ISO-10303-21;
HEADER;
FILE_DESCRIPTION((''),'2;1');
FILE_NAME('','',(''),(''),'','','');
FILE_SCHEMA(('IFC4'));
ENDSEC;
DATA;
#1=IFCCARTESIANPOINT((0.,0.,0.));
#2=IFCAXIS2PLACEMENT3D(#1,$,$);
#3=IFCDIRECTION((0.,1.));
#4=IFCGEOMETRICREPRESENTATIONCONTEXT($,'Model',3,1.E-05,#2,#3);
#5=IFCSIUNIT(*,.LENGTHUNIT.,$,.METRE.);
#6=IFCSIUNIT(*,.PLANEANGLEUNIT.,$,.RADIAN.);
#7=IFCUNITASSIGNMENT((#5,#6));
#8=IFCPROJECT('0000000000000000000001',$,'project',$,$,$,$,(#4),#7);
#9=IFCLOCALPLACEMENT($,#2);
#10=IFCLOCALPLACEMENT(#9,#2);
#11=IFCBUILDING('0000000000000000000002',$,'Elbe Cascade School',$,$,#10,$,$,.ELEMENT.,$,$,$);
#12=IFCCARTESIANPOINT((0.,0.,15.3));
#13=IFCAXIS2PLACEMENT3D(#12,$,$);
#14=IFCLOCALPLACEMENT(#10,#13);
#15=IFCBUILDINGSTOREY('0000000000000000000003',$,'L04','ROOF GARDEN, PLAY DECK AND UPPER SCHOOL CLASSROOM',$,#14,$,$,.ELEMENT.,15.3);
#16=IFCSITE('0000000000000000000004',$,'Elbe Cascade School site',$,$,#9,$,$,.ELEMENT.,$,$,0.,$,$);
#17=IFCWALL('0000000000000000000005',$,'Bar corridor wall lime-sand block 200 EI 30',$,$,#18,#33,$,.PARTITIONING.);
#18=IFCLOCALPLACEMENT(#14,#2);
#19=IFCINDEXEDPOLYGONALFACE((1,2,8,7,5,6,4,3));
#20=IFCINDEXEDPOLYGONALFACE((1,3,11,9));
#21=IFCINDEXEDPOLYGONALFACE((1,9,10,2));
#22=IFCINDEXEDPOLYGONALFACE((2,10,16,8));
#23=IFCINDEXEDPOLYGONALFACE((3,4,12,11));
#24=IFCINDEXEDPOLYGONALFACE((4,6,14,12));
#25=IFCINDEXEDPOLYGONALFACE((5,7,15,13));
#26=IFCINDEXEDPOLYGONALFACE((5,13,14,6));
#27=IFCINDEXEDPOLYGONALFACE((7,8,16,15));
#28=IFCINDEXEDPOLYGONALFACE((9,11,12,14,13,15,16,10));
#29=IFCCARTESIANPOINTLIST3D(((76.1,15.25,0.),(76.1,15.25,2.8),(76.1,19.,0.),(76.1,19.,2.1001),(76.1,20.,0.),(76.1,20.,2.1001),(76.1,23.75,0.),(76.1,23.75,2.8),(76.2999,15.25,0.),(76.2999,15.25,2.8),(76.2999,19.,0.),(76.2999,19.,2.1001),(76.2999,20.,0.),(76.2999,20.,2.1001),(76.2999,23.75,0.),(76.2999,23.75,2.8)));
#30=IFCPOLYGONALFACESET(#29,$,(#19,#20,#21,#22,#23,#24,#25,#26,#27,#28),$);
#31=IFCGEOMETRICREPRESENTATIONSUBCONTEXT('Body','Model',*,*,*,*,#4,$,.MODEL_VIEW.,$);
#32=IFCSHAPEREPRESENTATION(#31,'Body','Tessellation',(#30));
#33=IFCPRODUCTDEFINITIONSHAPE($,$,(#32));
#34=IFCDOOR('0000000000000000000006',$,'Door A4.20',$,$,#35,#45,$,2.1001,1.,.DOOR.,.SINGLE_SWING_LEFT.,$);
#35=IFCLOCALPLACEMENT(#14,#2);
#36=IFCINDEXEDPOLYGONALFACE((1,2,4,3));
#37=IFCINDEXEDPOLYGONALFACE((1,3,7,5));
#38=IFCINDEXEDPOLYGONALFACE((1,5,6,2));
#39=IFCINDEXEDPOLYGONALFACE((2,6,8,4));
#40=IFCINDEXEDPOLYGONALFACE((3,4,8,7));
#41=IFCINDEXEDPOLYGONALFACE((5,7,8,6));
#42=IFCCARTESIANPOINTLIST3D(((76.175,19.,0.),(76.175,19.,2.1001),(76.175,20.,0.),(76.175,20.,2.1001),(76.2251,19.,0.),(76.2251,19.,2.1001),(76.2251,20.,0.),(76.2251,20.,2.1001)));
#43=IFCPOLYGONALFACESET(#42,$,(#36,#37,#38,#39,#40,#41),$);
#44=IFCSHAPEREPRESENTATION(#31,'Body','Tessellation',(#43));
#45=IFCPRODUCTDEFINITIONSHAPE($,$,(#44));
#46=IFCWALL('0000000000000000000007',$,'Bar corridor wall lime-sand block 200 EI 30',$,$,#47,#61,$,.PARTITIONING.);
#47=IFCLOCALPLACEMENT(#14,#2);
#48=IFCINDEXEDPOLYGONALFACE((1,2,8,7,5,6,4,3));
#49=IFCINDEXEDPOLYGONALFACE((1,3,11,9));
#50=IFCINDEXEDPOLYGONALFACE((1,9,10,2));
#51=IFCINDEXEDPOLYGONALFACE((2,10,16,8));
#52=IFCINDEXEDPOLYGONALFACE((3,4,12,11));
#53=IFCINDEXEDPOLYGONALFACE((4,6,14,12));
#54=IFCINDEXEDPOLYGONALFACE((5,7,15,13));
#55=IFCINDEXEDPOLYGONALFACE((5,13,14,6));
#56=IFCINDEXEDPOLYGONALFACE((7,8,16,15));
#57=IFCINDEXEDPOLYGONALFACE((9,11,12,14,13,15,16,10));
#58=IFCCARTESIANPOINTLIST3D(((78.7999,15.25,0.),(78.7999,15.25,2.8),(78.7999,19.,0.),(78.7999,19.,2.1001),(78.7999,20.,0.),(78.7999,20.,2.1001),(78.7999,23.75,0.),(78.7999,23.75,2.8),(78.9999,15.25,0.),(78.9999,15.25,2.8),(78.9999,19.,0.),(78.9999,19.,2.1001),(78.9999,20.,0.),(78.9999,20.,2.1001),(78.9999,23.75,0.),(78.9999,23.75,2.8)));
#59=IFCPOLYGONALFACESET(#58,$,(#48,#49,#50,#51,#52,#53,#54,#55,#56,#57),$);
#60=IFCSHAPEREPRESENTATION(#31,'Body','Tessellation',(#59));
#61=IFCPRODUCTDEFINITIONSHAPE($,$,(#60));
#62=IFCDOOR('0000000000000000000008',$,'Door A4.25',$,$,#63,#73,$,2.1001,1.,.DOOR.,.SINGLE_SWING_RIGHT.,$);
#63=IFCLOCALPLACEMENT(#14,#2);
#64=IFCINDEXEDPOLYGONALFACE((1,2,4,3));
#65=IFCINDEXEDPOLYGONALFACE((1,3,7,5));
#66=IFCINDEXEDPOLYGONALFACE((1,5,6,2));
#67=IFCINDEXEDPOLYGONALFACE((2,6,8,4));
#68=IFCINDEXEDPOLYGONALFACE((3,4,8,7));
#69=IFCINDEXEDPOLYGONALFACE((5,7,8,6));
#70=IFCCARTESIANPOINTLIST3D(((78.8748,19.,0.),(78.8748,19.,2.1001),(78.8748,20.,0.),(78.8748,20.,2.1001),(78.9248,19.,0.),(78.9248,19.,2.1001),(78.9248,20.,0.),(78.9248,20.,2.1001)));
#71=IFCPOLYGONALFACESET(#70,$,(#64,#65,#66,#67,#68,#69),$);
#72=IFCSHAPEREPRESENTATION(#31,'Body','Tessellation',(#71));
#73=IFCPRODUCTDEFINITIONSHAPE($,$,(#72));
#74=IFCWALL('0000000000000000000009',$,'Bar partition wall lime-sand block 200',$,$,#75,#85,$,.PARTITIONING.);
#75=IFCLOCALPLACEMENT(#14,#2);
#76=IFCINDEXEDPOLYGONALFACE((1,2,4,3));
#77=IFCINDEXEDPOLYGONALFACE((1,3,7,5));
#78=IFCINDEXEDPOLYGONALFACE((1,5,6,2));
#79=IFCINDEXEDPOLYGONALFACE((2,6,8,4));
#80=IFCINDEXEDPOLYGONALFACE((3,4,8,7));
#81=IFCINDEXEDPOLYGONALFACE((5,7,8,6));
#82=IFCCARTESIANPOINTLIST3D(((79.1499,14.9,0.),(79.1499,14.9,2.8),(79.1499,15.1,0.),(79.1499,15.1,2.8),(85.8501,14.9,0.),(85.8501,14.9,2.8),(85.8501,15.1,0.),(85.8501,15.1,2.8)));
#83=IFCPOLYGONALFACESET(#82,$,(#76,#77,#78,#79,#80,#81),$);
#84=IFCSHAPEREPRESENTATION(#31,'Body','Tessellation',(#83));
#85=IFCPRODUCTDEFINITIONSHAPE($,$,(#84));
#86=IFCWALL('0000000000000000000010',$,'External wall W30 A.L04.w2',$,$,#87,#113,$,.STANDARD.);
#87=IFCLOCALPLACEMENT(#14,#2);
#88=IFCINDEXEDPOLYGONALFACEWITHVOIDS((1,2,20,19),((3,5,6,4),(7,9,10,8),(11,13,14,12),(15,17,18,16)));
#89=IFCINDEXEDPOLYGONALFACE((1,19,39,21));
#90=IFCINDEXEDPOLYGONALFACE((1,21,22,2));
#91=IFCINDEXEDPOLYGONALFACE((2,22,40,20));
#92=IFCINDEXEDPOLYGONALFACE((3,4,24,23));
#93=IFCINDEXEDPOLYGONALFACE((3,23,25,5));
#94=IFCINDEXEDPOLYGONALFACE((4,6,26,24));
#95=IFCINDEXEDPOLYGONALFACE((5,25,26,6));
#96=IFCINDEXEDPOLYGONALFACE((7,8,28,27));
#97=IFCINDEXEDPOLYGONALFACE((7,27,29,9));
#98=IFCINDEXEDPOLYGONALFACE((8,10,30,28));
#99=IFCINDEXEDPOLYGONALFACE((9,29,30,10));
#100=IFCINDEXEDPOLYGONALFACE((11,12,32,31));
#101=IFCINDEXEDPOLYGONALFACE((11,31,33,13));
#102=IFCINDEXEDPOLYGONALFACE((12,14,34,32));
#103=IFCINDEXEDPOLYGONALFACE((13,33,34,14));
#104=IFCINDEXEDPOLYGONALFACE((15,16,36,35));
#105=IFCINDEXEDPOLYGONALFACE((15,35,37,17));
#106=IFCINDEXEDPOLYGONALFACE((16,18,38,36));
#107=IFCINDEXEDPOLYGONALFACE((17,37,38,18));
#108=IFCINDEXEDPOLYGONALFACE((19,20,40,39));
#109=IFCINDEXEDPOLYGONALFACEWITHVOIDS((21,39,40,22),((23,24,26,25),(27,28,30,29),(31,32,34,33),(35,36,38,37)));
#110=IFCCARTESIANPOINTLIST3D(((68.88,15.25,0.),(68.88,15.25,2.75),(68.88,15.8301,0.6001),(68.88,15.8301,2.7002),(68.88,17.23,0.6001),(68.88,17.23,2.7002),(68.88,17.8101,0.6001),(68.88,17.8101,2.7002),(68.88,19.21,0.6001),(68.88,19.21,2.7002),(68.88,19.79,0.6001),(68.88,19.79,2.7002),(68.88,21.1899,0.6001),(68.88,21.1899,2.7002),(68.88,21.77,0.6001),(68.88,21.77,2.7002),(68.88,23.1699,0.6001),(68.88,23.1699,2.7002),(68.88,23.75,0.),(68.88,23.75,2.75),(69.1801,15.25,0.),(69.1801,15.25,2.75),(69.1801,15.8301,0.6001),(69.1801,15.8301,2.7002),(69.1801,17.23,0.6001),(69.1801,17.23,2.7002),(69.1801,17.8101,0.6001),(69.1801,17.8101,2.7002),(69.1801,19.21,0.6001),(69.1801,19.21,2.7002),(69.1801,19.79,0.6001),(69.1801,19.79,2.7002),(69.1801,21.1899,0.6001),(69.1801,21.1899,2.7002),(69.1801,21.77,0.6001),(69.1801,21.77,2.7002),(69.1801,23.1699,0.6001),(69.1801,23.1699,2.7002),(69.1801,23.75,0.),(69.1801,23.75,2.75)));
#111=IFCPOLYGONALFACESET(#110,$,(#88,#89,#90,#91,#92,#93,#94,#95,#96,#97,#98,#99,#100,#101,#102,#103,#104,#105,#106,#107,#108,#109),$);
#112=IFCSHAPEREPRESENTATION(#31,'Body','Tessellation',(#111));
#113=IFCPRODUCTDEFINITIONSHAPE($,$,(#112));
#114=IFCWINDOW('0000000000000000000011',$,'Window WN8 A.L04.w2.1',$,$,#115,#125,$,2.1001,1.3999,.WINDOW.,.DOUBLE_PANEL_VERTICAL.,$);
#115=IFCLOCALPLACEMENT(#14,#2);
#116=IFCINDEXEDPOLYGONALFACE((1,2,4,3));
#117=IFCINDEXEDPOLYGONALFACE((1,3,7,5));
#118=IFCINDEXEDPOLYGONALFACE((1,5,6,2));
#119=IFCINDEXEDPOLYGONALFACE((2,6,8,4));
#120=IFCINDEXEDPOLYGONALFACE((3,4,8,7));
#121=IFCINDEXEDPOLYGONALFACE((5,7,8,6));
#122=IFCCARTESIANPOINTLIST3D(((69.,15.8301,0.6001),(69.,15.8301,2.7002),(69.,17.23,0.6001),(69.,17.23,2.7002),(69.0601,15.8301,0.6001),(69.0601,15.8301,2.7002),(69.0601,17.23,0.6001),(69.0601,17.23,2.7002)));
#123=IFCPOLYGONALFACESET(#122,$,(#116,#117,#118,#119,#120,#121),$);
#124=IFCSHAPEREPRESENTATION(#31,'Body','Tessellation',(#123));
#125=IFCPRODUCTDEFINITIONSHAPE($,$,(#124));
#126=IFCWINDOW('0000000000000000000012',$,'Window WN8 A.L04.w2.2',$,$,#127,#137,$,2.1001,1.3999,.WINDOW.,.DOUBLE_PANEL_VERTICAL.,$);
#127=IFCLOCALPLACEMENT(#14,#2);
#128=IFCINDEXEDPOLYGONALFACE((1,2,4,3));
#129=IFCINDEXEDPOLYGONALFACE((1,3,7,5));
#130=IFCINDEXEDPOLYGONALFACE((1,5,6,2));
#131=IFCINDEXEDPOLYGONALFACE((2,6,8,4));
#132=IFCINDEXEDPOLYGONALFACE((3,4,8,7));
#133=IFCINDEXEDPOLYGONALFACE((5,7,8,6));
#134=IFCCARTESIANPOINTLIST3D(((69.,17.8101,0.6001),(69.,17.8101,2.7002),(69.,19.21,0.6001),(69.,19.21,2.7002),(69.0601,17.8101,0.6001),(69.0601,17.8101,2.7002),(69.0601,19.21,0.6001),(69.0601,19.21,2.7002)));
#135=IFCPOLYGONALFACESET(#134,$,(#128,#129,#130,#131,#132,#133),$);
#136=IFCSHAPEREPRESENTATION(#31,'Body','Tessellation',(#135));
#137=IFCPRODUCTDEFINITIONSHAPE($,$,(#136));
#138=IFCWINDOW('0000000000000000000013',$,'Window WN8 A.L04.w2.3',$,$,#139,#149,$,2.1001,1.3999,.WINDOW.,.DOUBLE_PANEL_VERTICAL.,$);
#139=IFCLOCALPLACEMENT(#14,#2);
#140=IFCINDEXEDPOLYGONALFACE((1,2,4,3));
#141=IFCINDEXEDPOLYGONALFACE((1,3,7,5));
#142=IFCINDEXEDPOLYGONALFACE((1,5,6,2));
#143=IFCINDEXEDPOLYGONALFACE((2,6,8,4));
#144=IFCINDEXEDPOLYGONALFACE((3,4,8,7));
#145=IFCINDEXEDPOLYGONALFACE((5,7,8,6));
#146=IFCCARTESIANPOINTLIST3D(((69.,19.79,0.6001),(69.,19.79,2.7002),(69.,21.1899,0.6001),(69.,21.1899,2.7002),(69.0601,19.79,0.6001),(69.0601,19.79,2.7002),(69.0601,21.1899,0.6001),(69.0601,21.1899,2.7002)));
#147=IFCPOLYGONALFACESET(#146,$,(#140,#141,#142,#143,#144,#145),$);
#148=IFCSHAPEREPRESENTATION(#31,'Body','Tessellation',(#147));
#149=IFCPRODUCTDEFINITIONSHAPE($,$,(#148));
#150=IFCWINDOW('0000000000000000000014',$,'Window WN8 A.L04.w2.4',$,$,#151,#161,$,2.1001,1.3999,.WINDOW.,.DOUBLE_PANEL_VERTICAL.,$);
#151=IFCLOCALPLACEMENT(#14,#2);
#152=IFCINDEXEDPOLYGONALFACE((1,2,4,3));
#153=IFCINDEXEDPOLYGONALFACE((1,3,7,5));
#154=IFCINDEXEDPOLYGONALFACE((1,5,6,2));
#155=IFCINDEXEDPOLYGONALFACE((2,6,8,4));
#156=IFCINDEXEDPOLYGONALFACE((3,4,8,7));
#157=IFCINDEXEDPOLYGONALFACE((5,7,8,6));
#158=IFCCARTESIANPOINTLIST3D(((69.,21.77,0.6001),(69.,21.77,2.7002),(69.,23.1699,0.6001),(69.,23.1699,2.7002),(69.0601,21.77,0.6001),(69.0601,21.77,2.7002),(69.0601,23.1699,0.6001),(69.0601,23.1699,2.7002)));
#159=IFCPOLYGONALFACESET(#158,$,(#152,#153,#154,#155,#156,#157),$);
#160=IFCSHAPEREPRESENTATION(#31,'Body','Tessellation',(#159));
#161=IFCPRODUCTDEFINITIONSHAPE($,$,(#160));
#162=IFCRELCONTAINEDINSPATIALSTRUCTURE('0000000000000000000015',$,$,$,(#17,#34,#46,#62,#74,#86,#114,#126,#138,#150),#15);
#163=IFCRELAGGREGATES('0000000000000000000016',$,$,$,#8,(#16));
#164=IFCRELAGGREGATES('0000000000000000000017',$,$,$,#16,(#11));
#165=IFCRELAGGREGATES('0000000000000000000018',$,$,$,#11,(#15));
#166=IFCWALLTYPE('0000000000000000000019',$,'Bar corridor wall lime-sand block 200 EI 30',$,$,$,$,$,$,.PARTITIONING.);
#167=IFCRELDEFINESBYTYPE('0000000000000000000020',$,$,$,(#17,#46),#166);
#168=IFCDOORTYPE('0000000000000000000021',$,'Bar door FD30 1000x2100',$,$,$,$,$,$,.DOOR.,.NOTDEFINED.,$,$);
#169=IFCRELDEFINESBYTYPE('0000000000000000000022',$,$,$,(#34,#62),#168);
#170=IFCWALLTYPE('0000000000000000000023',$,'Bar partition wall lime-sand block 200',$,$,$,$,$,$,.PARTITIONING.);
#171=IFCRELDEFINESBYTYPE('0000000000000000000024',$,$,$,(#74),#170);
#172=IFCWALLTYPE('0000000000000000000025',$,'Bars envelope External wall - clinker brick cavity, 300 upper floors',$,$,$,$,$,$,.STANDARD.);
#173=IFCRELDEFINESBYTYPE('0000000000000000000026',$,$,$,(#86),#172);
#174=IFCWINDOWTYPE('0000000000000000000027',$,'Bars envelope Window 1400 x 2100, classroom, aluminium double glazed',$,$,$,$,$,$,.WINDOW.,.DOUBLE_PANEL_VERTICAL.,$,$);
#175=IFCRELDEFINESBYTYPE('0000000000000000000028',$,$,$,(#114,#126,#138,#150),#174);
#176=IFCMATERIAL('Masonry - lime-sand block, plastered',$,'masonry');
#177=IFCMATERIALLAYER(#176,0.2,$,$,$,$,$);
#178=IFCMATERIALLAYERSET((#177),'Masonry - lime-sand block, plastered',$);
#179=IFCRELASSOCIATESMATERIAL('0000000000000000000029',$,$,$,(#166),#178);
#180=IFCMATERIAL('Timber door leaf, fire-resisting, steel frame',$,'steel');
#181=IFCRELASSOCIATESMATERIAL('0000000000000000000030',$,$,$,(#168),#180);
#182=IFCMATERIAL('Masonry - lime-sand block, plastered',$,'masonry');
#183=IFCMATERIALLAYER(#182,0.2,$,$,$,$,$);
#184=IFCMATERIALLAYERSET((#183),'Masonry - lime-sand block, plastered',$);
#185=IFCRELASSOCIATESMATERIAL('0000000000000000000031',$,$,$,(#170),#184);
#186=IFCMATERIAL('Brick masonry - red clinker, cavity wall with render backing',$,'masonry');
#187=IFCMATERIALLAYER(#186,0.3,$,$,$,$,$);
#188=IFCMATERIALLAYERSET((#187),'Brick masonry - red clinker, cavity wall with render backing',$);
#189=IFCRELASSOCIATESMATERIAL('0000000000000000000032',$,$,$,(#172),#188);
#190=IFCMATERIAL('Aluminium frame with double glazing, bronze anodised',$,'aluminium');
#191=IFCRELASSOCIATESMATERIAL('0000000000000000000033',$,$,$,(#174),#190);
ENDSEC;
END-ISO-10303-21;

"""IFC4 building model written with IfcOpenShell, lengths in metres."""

from ifc_helpers import new_model, si_unit, direction, frame, frame_2d, origin, place, context, subcontext, project, spatial, rectangle, extrude, material, layer, layer_set, type_object, element, fill, save


model = new_model("IFC4")

# Units and contexts
model_context = context("Model", 3, precision=1e-05, world=origin(), true_north=direction((0.0, 1.0)))
body_context = subcontext(model_context, "Body", "Model", "MODEL_VIEW")
ifc_project = project(units=[si_unit("LENGTHUNIT", "METRE"), si_unit("PLANEANGLEUNIT", "RADIAN")], contexts=[model_context])

# Site, building, storey
site_placement = place(None, origin())
site = spatial("IfcSite", under=ifc_project, at=site_placement, Name="Elbe Cascade School site", CompositionType="ELEMENT", RefElevation=0.0)
building_placement = place(site_placement, origin())
building = spatial("IfcBuilding", under=site, at=building_placement, Name="Elbe Cascade School", CompositionType="ELEMENT")
storey_placement = place(building_placement, frame((0.0, 0.0, 15.3)))
storey = spatial("IfcBuildingStorey", under=building, at=storey_placement, Name="L04", Description="ROOF GARDEN, PLAY DECK AND UPPER SCHOOL CLASSROOM", CompositionType="ELEMENT", Elevation=15.3)

# Walls, openings, doors
ifc_material_1 = material(Name="Masonry - lime-sand block, plastered", Category="masonry")
ifc_layer_1 = layer(ifc_material_1, 0.2)
ifc_layer_set_1 = layer_set([ifc_layer_1], Name="Masonry - lime-sand block, plastered")
wall_type_1 = type_object("IfcWallType", Name="Bar corridor wall lime-sand block 200 EI 30", PredefinedType="PARTITIONING", material=ifc_layer_set_1)
wall_1_placement = place(storey_placement, frame((76.2, 15.25, 0.0), z_axis=(0.0, 0.0, 1.0), x_axis=(0.0, 1.0, 0.0)))
wall_1 = element("IfcWall", 1, at=wall_1_placement, inside=storey, type_object=wall_type_1, Name="Bar corridor wall lime-sand block 200 EI 30", PredefinedType="PARTITIONING", context=body_context, shape_type="SweptSolid", body=[
    extrude(rectangle(XDim=8.5, YDim=0.2, at=frame_2d((4.25, 0.0))), origin(), (0.0, 0.0, 1.0), 2.8),
])
opening_1_placement = place(wall_1_placement, frame((3.75, 0.0, 0.0)))
opening_1 = element("IfcOpeningElement", 2, at=opening_1_placement, cuts=wall_1, PredefinedType="OPENING", context=body_context, shape_type="SweptSolid", body=[
    extrude(rectangle(XDim=1.0, YDim=2.1001, at=frame_2d((0.5, 1.05))), frame((0.0, 0.1099, 0.0), z_axis=(0.0, -1.0, 0.0), x_axis=(1.0, 0.0, 0.0)), (0.0, 0.0, 1.0), 0.22),
])
ifc_material_2 = material(Name="Timber door leaf, fire-resisting, steel frame", Category="steel")
door_type = type_object("IfcDoorType", Name="Bar door FD30 1000x2100", OperationType="NOTDEFINED", PredefinedType="DOOR", material=ifc_material_2)
door_1_placement = place(opening_1_placement, origin())
door_1 = element("IfcDoor", 3, at=door_1_placement, inside=storey, type_object=door_type, Name="Door A4.20", OperationType="SINGLE_SWING_LEFT", OverallHeight=2.1001, OverallWidth=1.0, PredefinedType="DOOR", context=body_context, shape_type="SweptSolid", body=[
    extrude(rectangle(XDim=1.0, YDim=2.1001, at=frame_2d((0.5, 1.05))), frame((0.0, 0.0249, 0.0), z_axis=(0.0, -1.0, 0.0), x_axis=(1.0, 0.0, 0.0)), (0.0, 0.0, 1.0), 0.05),
])
fill(opening_1, door_1)
wall_2_placement = place(storey_placement, frame((78.8999, 23.75, 0.0), z_axis=(0.0, 0.0, 1.0), x_axis=(0.0, -1.0, 0.0)))
wall_2 = element("IfcWall", 4, at=wall_2_placement, inside=storey, type_object=wall_type_1, Name="Bar corridor wall lime-sand block 200 EI 30", PredefinedType="PARTITIONING", context=body_context, shape_type="SweptSolid", body=[
    extrude(rectangle(XDim=8.5, YDim=0.2, at=frame_2d((4.25, 0.0))), origin(), (0.0, 0.0, 1.0), 2.8),
])
opening_2_placement = place(wall_2_placement, frame((3.75, 0.0, 0.0)))
opening_2 = element("IfcOpeningElement", 5, at=opening_2_placement, cuts=wall_2, PredefinedType="OPENING", context=body_context, shape_type="SweptSolid", body=[
    extrude(rectangle(XDim=1.0, YDim=2.1001, at=frame_2d((0.5, 1.05))), frame((0.0, 0.1099, 0.0), z_axis=(0.0, -1.0, 0.0), x_axis=(1.0, 0.0, 0.0)), (0.0, 0.0, 1.0), 0.22),
])
door_2_placement = place(opening_2_placement, origin())
door_2 = element("IfcDoor", 6, at=door_2_placement, inside=storey, type_object=door_type, Name="Door A4.25", OperationType="SINGLE_SWING_RIGHT", OverallHeight=2.1001, OverallWidth=1.0, PredefinedType="DOOR", context=body_context, shape_type="SweptSolid", body=[
    extrude(rectangle(XDim=1.0, YDim=2.1001, at=frame_2d((0.5, 1.05))), frame((0.0, 0.0249, 0.0), z_axis=(0.0, -1.0, 0.0), x_axis=(1.0, 0.0, 0.0)), (0.0, 0.0, 1.0), 0.05),
])
fill(opening_2, door_2)

# Wall
ifc_material_3 = material(Name="Masonry - lime-sand block, plastered", Category="masonry")
ifc_layer_2 = layer(ifc_material_3, 0.2)
ifc_layer_set_2 = layer_set([ifc_layer_2], Name="Masonry - lime-sand block, plastered")
wall_type_2 = type_object("IfcWallType", Name="Bar partition wall lime-sand block 200", PredefinedType="PARTITIONING", material=ifc_layer_set_2)
wall_3_placement = place(storey_placement, frame((79.1499, 15.0, 0.0), z_axis=(0.0, 0.0, 1.0), x_axis=(1.0, 0.0, 0.0)))
element("IfcWall", 7, at=wall_3_placement, inside=storey, type_object=wall_type_2, Name="Bar partition wall lime-sand block 200", PredefinedType="PARTITIONING", context=body_context, shape_type="SweptSolid", body=[
    extrude(rectangle(XDim=6.7002, YDim=0.2, at=frame_2d((3.3501, 0.0))), origin(), (0.0, 0.0, 1.0), 2.8),
])

# Wall, openings, windows
ifc_material_4 = material(Name="Brick masonry - red clinker, cavity wall with render backing", Category="masonry")
ifc_layer_3 = layer(ifc_material_4, 0.3)
ifc_layer_set_3 = layer_set([ifc_layer_3], Name="Brick masonry - red clinker, cavity wall with render backing")
wall_type_3 = type_object("IfcWallType", Name="Bars envelope External wall - clinker brick cavity, 300 upper floors", PredefinedType="STANDARD", material=ifc_layer_set_3)
wall_4_placement = place(storey_placement, frame((69.03, 15.25, 0.0), z_axis=(0.0, 0.0, 1.0), x_axis=(0.0, 1.0, 0.0)))
wall_4 = element("IfcWall", 8, at=wall_4_placement, inside=storey, type_object=wall_type_3, Name="External wall W30 A.L04.w2", PredefinedType="STANDARD", context=body_context, shape_type="SweptSolid", body=[
    extrude(rectangle(XDim=8.5, YDim=0.3, at=frame_2d((4.25, 0.0))), origin(), (0.0, 0.0, 1.0), 2.75),
])
opening_3_placement = place(wall_4_placement, frame((0.5801, 0.0, 0.6001)))
opening_3 = element("IfcOpeningElement", 9, at=opening_3_placement, cuts=wall_4, PredefinedType="OPENING", context=body_context, shape_type="SweptSolid", body=[
    extrude(rectangle(XDim=1.3999, YDim=2.1001, at=frame_2d((0.7, 1.05))), frame((0.0, 0.1599, 0.0), z_axis=(0.0, -1.0, 0.0), x_axis=(1.0, 0.0, 0.0)), (0.0, 0.0, 1.0), 0.3201),
])
opening_4_placement = place(wall_4_placement, frame((2.5601, 0.0, 0.6001)))
opening_4 = element("IfcOpeningElement", 10, at=opening_4_placement, cuts=wall_4, PredefinedType="OPENING", context=body_context, shape_type="SweptSolid", body=[
    extrude(rectangle(XDim=1.3999, YDim=2.1001, at=frame_2d((0.7, 1.05))), frame((0.0, 0.1599, 0.0), z_axis=(0.0, -1.0, 0.0), x_axis=(1.0, 0.0, 0.0)), (0.0, 0.0, 1.0), 0.3201),
])
opening_5_placement = place(wall_4_placement, frame((4.54, 0.0, 0.6001)))
opening_5 = element("IfcOpeningElement", 11, at=opening_5_placement, cuts=wall_4, PredefinedType="OPENING", context=body_context, shape_type="SweptSolid", body=[
    extrude(rectangle(XDim=1.3999, YDim=2.1001, at=frame_2d((0.7, 1.05))), frame((0.0, 0.1599, 0.0), z_axis=(0.0, -1.0, 0.0), x_axis=(1.0, 0.0, 0.0)), (0.0, 0.0, 1.0), 0.3201),
])
opening_6_placement = place(wall_4_placement, frame((6.52, 0.0, 0.6001)))
opening_6 = element("IfcOpeningElement", 12, at=opening_6_placement, cuts=wall_4, PredefinedType="OPENING", context=body_context, shape_type="SweptSolid", body=[
    extrude(rectangle(XDim=1.3999, YDim=2.1001, at=frame_2d((0.7, 1.05))), frame((0.0, 0.1599, 0.0), z_axis=(0.0, -1.0, 0.0), x_axis=(1.0, 0.0, 0.0)), (0.0, 0.0, 1.0), 0.3201),
])
ifc_material_5 = material(Name="Aluminium frame with double glazing, bronze anodised", Category="aluminium")
window_type = type_object("IfcWindowType", Name="Bars envelope Window 1400 x 2100, classroom, aluminium double glazed", PartitioningType="DOUBLE_PANEL_VERTICAL", PredefinedType="WINDOW", material=ifc_material_5)
window_1_placement = place(opening_3_placement, origin())
window_1 = element("IfcWindow", 13, at=window_1_placement, inside=storey, type_object=window_type, Name="Window WN8 A.L04.w2.1", OverallHeight=2.1001, OverallWidth=1.3999, PartitioningType="DOUBLE_PANEL_VERTICAL", PredefinedType="WINDOW", context=body_context, shape_type="SweptSolid", body=[
    extrude(rectangle(XDim=1.3999, YDim=2.1001, at=frame_2d((0.7, 1.05))), frame((0.0, 0.03, 0.0), z_axis=(0.0, -1.0, 0.0), x_axis=(1.0, 0.0, 0.0)), (0.0, 0.0, 1.0), 0.0601),
])
fill(opening_3, window_1)
window_2_placement = place(opening_4_placement, origin())
window_2 = element("IfcWindow", 14, at=window_2_placement, inside=storey, type_object=window_type, Name="Window WN8 A.L04.w2.2", OverallHeight=2.1001, OverallWidth=1.3999, PartitioningType="DOUBLE_PANEL_VERTICAL", PredefinedType="WINDOW", context=body_context, shape_type="SweptSolid", body=[
    extrude(rectangle(XDim=1.3999, YDim=2.1001, at=frame_2d((0.7, 1.05))), frame((0.0, 0.03, 0.0), z_axis=(0.0, -1.0, 0.0), x_axis=(1.0, 0.0, 0.0)), (0.0, 0.0, 1.0), 0.0601),
])
fill(opening_4, window_2)
window_3_placement = place(opening_5_placement, origin())
window_3 = element("IfcWindow", 15, at=window_3_placement, inside=storey, type_object=window_type, Name="Window WN8 A.L04.w2.3", OverallHeight=2.1001, OverallWidth=1.3999, PartitioningType="DOUBLE_PANEL_VERTICAL", PredefinedType="WINDOW", context=body_context, shape_type="SweptSolid", body=[
    extrude(rectangle(XDim=1.3999, YDim=2.1001, at=frame_2d((0.7, 1.05))), frame((0.0, 0.03, 0.0), z_axis=(0.0, -1.0, 0.0), x_axis=(1.0, 0.0, 0.0)), (0.0, 0.0, 1.0), 0.0601),
])
fill(opening_5, window_3)
window_4_placement = place(opening_6_placement, origin())
window_4 = element("IfcWindow", 16, at=window_4_placement, inside=storey, type_object=window_type, Name="Window WN8 A.L04.w2.4", OverallHeight=2.1001, OverallWidth=1.3999, PartitioningType="DOUBLE_PANEL_VERTICAL", PredefinedType="WINDOW", context=body_context, shape_type="SweptSolid", body=[
    extrude(rectangle(XDim=1.3999, YDim=2.1001, at=frame_2d((0.7, 1.05))), frame((0.0, 0.03, 0.0), z_axis=(0.0, -1.0, 0.0), x_axis=(1.0, 0.0, 0.0)), (0.0, 0.0, 1.0), 0.0601),
])
fill(opening_6, window_4)

save(model, "model.ifc")
